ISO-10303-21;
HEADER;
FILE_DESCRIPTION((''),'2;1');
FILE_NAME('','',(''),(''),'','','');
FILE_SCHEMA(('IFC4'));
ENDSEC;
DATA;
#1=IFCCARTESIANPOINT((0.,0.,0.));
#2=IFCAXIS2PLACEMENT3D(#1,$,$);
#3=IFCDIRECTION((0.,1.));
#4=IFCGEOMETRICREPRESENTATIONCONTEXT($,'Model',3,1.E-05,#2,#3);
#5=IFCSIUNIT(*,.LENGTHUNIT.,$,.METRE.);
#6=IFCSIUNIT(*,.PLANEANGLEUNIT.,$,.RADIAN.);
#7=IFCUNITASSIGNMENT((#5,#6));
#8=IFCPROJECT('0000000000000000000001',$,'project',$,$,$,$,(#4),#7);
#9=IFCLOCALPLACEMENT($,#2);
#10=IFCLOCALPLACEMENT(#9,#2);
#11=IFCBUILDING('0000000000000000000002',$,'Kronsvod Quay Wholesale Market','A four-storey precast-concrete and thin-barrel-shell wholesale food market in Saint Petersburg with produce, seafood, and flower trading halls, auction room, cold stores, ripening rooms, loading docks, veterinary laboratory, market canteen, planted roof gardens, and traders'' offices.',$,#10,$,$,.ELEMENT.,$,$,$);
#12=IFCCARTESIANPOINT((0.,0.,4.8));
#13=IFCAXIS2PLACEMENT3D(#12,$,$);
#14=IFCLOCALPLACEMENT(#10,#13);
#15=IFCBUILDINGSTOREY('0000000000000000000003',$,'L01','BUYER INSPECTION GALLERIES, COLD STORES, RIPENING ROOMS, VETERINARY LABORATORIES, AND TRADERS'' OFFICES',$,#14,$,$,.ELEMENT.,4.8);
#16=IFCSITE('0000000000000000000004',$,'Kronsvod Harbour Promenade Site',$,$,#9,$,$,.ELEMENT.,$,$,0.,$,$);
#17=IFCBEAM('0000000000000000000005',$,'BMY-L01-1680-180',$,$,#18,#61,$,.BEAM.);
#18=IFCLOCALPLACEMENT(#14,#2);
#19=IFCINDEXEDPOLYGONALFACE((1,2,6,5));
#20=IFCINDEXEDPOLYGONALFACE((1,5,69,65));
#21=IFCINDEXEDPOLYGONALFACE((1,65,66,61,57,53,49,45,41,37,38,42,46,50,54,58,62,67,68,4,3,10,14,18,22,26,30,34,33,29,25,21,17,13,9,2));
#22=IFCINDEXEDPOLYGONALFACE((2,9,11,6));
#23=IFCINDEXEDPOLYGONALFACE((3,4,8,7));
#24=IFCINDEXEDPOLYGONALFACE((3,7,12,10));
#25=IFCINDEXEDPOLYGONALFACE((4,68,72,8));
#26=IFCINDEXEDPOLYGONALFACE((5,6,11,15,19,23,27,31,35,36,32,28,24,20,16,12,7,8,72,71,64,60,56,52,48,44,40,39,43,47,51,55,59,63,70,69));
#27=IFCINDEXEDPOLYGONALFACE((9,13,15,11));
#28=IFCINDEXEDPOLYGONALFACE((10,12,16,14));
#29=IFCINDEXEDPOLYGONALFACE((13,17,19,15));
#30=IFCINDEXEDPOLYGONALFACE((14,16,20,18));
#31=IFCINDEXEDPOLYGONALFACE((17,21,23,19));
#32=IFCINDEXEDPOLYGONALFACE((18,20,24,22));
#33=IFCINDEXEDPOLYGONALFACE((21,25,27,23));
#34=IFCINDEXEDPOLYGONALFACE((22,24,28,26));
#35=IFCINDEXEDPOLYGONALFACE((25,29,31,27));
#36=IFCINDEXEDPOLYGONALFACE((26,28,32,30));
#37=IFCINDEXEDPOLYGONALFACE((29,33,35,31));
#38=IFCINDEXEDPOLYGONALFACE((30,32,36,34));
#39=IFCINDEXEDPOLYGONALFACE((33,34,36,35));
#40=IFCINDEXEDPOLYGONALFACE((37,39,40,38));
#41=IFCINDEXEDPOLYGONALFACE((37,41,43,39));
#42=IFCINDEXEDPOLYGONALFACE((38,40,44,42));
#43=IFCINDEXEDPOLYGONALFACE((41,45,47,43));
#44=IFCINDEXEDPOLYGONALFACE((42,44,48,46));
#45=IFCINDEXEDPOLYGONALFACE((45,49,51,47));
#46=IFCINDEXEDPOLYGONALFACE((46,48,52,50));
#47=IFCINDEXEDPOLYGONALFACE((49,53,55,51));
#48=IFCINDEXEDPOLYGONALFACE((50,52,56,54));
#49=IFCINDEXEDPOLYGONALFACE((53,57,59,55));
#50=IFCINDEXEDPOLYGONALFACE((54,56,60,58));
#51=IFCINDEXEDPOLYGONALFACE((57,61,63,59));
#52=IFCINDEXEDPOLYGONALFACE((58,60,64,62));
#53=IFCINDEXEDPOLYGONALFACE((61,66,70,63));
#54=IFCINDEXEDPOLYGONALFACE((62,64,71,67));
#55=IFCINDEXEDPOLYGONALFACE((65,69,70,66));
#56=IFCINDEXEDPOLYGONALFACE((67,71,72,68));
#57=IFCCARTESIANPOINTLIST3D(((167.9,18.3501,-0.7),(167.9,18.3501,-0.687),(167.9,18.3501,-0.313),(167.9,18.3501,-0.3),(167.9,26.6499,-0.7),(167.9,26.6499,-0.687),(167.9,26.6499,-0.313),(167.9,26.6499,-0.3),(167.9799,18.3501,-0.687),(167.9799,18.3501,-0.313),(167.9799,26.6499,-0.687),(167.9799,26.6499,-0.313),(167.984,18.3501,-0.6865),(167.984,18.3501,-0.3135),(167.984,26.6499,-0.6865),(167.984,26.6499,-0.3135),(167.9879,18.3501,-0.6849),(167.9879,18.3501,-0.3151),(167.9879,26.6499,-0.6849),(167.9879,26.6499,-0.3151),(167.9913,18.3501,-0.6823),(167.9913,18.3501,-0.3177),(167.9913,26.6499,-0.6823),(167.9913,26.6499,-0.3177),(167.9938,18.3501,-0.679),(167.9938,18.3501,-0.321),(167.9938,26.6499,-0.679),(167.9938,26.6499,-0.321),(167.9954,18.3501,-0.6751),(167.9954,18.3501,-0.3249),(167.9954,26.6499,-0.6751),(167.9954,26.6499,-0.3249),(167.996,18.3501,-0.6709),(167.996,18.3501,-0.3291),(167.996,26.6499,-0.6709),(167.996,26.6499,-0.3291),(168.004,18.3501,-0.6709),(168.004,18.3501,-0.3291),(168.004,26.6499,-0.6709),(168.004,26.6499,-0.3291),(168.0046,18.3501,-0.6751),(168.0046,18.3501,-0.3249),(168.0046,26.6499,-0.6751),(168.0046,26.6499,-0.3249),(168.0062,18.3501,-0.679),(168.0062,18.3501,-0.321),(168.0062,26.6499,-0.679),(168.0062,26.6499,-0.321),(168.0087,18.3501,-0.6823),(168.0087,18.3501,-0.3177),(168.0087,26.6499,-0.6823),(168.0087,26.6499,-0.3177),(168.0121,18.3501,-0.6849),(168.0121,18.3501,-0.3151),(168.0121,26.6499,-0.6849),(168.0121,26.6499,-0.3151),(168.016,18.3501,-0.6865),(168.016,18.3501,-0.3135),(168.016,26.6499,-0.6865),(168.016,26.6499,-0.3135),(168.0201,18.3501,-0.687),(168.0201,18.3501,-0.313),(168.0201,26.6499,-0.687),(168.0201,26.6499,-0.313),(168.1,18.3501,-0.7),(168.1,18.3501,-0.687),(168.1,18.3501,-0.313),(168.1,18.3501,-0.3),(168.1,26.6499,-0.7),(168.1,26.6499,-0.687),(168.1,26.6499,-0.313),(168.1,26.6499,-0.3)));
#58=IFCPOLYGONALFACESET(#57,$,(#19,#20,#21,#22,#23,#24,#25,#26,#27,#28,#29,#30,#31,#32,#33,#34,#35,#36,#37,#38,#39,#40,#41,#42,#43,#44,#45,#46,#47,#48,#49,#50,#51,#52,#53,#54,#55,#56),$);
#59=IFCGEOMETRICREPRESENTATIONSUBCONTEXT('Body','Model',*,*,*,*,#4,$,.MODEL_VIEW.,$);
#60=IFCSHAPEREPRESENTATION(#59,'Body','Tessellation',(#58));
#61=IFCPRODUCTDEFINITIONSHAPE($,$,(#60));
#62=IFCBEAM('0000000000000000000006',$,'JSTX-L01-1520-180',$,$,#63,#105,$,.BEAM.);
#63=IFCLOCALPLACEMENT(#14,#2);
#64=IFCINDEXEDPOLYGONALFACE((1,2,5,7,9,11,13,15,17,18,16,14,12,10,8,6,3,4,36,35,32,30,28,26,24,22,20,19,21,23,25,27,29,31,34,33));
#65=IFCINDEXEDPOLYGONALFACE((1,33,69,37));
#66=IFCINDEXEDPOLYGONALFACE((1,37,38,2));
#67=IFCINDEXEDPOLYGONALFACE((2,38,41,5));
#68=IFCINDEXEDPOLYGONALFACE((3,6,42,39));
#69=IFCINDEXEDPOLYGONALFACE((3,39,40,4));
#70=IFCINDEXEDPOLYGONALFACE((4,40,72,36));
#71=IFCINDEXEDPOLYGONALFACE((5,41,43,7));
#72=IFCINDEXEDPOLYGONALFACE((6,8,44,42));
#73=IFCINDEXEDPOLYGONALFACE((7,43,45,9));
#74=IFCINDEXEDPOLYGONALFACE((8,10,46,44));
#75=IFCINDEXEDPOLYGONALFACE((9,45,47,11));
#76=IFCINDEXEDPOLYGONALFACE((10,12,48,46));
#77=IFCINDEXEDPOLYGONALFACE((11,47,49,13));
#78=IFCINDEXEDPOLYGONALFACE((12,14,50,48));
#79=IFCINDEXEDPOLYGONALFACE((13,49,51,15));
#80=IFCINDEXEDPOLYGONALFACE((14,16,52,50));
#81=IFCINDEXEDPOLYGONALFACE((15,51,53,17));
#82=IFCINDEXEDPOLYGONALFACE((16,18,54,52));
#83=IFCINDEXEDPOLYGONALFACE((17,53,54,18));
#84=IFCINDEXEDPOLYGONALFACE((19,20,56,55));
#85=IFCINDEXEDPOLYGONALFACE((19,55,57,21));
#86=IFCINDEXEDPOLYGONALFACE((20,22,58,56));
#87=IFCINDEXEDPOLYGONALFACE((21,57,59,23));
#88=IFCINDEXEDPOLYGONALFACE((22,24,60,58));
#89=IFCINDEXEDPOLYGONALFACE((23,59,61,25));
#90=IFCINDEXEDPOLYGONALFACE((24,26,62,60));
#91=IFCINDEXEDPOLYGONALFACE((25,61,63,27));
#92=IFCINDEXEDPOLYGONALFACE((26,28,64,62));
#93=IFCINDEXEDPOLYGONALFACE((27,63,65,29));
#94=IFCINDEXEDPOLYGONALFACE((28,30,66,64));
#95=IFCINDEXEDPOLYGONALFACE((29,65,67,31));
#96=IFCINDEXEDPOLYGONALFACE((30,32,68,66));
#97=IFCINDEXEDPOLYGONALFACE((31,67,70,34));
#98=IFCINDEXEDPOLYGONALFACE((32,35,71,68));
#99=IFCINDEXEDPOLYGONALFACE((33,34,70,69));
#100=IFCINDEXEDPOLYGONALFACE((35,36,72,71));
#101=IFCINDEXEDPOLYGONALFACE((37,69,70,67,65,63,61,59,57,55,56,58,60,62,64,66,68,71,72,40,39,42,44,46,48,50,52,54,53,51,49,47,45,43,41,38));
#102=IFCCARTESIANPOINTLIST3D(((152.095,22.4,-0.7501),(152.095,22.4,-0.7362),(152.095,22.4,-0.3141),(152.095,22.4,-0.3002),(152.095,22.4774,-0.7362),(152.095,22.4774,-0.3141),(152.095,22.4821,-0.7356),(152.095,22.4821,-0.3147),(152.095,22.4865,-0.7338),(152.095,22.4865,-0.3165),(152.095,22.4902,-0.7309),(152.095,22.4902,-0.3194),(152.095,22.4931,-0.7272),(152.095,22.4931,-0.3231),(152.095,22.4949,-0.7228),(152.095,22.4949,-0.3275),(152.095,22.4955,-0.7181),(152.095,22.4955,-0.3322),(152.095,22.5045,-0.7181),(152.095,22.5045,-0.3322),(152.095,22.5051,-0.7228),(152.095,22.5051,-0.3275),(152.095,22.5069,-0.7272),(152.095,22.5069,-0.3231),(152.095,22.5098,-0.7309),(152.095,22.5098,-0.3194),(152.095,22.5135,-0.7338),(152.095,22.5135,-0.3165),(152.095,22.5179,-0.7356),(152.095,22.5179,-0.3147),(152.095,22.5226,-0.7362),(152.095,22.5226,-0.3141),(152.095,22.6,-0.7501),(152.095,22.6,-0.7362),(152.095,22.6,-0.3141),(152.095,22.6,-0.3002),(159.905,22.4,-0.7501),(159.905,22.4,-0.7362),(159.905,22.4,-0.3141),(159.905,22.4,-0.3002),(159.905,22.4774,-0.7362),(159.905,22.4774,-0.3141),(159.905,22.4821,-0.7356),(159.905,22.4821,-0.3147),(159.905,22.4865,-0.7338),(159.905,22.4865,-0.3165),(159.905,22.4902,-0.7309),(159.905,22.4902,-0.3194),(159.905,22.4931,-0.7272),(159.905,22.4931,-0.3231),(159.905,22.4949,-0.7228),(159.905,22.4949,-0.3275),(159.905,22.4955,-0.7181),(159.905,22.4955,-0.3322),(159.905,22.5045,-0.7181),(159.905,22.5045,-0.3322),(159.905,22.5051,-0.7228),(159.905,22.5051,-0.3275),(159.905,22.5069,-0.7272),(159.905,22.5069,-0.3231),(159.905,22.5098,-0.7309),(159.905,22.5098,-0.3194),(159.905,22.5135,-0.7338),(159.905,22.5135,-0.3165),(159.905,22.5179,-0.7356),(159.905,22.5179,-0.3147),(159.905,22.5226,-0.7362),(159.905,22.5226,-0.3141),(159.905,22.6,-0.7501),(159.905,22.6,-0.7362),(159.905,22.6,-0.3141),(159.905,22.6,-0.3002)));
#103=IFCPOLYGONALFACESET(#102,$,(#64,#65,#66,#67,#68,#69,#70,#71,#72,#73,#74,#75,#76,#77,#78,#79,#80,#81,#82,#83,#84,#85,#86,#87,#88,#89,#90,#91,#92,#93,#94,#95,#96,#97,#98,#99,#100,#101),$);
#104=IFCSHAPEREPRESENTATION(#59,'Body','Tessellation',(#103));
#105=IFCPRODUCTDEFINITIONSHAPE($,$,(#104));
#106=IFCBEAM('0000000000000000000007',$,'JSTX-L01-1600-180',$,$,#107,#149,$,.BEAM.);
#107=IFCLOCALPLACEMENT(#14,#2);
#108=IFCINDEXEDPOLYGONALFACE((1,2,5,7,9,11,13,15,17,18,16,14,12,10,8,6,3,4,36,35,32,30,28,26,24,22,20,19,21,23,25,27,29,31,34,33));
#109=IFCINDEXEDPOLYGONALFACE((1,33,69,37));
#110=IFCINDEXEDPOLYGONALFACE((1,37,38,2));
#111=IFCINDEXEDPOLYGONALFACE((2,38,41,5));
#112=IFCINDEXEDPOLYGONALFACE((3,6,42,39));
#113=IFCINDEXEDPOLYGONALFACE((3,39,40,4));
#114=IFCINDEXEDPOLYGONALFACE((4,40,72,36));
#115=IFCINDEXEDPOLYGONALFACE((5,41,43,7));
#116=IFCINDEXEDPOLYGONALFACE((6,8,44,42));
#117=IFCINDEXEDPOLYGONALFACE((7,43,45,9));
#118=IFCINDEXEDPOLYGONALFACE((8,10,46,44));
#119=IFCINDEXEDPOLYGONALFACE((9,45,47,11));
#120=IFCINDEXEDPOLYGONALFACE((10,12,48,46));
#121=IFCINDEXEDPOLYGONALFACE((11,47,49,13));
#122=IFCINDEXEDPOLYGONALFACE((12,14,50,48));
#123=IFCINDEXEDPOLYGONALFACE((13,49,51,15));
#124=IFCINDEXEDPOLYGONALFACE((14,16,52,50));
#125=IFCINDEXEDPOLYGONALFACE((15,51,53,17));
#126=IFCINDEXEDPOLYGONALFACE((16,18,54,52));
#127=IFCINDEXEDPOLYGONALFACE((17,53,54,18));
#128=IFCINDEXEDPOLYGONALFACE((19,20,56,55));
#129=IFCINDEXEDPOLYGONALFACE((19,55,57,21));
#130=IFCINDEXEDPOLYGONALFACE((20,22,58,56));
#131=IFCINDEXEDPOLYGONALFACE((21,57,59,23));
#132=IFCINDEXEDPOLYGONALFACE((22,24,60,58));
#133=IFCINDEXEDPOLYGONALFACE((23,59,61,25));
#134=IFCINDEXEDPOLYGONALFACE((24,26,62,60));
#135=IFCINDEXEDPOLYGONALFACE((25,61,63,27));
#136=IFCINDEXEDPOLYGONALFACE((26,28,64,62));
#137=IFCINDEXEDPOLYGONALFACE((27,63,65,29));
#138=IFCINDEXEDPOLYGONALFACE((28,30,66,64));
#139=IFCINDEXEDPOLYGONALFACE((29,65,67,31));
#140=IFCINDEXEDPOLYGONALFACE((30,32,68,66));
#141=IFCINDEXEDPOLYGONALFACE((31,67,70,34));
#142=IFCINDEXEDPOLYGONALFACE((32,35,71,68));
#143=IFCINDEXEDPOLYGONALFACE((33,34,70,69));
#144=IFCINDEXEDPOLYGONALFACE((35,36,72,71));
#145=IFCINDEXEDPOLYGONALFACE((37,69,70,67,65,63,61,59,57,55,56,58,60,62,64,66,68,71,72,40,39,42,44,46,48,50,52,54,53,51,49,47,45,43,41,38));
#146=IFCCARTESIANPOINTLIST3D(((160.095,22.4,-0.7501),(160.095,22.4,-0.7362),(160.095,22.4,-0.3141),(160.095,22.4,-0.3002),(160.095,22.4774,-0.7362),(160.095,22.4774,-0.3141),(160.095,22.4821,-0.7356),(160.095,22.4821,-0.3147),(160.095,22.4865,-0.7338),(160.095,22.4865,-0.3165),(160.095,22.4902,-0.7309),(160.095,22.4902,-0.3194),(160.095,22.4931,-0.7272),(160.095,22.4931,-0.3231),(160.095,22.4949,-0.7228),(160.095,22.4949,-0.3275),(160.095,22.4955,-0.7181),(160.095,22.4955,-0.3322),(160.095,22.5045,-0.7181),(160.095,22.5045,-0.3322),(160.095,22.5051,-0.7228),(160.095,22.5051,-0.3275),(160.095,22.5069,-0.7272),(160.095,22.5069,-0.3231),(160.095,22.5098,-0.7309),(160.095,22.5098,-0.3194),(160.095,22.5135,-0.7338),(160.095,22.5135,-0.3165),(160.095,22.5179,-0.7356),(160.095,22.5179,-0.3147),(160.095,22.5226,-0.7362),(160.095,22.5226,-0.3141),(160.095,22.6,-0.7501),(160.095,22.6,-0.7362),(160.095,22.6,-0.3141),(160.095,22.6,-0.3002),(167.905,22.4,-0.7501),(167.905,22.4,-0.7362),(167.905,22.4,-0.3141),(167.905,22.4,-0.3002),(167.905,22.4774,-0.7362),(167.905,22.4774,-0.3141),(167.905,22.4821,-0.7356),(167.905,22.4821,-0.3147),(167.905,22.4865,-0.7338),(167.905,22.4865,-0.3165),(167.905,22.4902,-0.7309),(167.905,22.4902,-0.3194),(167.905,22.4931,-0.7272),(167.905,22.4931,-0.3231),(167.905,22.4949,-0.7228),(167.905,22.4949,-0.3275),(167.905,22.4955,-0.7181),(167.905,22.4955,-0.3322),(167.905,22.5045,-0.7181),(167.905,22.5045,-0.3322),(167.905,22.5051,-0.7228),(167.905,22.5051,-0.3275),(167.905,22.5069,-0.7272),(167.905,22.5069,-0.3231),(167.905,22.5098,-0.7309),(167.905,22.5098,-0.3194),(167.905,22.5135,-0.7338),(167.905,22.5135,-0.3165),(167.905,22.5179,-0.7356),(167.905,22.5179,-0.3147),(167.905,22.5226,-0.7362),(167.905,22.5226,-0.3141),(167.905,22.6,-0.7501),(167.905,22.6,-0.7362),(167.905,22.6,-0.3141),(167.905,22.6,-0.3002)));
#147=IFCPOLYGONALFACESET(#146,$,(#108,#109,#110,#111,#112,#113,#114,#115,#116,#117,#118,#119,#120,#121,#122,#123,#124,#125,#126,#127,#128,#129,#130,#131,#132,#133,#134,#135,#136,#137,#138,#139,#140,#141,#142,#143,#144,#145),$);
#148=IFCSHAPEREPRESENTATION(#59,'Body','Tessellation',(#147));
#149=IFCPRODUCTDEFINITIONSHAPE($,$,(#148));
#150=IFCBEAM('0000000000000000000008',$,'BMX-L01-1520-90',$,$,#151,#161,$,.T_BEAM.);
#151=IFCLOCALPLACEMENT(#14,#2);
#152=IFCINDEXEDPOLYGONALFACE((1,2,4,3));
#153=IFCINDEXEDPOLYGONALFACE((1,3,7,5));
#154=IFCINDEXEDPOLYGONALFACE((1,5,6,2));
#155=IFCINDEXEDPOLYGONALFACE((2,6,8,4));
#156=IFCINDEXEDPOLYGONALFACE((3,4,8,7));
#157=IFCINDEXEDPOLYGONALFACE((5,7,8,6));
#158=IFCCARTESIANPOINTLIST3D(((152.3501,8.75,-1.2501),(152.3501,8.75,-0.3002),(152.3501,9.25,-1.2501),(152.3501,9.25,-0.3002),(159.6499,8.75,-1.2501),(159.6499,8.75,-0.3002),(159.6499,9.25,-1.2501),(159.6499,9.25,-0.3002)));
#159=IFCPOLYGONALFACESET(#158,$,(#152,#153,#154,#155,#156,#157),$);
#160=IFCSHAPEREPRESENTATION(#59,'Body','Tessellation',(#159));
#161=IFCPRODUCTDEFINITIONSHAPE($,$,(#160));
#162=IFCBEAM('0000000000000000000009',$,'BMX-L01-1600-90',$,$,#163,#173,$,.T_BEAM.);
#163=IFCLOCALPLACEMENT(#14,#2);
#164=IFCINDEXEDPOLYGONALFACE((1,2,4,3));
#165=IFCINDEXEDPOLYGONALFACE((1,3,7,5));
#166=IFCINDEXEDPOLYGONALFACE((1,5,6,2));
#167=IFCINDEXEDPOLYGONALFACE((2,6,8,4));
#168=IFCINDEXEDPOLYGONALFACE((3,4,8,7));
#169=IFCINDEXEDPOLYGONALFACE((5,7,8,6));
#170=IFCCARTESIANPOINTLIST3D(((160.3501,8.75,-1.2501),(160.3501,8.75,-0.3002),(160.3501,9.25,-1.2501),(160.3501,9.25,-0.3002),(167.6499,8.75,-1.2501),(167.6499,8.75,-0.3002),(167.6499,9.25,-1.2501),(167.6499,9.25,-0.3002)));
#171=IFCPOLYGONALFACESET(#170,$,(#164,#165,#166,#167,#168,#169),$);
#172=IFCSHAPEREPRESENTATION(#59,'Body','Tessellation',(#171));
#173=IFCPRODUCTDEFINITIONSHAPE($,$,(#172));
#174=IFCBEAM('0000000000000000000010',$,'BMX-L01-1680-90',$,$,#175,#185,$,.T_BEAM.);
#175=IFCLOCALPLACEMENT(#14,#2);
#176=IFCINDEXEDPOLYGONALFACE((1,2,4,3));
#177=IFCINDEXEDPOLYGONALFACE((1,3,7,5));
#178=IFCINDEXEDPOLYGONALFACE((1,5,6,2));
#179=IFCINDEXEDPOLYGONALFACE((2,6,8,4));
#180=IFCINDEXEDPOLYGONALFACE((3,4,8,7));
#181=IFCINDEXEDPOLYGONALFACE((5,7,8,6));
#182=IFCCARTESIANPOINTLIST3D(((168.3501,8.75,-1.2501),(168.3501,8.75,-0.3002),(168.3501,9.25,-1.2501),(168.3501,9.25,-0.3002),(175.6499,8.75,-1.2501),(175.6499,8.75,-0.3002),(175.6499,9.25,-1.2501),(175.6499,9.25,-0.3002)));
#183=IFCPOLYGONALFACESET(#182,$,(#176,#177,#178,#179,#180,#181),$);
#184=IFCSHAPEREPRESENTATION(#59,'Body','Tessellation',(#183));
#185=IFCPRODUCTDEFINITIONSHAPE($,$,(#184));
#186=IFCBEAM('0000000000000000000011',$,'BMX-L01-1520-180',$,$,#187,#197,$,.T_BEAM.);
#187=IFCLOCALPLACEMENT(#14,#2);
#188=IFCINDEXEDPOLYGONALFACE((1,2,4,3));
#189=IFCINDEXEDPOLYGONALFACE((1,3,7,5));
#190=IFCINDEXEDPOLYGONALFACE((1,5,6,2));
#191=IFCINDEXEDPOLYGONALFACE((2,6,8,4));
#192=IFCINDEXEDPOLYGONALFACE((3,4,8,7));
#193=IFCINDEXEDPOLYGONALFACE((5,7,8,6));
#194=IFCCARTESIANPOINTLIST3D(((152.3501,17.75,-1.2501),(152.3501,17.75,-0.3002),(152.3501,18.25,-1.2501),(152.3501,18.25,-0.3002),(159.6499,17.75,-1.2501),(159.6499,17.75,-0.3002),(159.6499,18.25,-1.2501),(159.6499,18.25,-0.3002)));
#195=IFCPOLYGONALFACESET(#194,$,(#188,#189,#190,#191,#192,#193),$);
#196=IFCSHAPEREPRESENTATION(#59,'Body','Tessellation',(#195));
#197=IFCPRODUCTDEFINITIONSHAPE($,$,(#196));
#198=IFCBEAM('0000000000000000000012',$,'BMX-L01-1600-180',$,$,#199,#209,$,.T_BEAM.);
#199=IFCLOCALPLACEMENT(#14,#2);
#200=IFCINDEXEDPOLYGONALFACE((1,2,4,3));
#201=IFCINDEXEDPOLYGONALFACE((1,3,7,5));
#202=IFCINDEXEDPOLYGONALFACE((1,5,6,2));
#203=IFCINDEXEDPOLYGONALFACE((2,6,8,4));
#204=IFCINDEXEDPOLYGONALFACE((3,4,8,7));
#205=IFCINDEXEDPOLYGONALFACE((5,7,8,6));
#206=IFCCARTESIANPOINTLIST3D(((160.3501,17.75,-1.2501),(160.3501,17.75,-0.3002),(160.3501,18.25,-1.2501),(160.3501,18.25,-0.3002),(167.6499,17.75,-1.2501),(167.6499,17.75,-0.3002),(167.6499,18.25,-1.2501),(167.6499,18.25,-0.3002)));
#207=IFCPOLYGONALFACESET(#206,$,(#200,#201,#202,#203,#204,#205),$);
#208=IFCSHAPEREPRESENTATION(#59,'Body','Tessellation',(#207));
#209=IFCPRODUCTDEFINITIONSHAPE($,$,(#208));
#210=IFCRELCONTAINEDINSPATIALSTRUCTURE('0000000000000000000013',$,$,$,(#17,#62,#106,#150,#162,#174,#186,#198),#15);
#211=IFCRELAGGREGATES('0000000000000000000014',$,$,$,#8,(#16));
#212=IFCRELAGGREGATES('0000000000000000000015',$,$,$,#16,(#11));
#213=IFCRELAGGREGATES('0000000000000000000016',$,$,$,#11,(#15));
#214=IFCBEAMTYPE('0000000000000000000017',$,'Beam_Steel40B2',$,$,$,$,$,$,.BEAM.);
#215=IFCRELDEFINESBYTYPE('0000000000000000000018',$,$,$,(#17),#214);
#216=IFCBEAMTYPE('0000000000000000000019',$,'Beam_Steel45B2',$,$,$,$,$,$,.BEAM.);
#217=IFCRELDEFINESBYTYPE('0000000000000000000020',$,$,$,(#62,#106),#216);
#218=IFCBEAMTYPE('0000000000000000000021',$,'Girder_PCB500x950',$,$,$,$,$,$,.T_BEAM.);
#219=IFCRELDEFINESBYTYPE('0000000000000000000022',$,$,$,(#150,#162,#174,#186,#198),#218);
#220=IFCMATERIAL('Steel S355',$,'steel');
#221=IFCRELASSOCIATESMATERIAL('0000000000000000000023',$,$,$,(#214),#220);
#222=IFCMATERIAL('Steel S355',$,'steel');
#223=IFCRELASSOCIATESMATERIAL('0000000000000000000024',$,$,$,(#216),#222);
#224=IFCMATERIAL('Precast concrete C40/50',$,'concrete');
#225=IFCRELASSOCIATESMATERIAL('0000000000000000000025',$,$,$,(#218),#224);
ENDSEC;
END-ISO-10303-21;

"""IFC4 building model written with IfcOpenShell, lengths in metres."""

from ifc_helpers import new_model, si_unit, direction, frame, origin, origin_2d, place, context, subcontext, project, spatial, rectangle, i_section, extrude, material, material_profile, profile_set, type_object, element, save


model = new_model("IFC4")

# Units and contexts
model_context = context("Model", 3, precision=1e-05, world=origin(), true_north=direction((0.0, 1.0)))
body_context = subcontext(model_context, "Body", "Model", "MODEL_VIEW")
ifc_project = project(units=[si_unit("LENGTHUNIT", "METRE"), si_unit("PLANEANGLEUNIT", "RADIAN")], contexts=[model_context])

# Site, building, storey
site_placement = place(None, origin())
site = spatial("IfcSite", under=ifc_project, at=site_placement, Name="Kronsvod Harbour Promenade Site", CompositionType="ELEMENT", RefElevation=0.0)
building_placement = place(site_placement, origin())
building = spatial("IfcBuilding", under=site, at=building_placement, Name="Kronsvod Quay Wholesale Market", Description="A four-storey precast-concrete and thin-barrel-shell wholesale food market in Saint Petersburg with produce, seafood, and flower trading halls, auction room, cold stores, ripening rooms, loading docks, veterinary laboratory, market canteen, planted roof gardens, and traders' offices.", CompositionType="ELEMENT")
storey_placement = place(building_placement, frame((0.0, 0.0, 4.8)))
storey = spatial("IfcBuildingStorey", under=building, at=storey_placement, Name="L01", Description="BUYER INSPECTION GALLERIES, COLD STORES, RIPENING ROOMS, VETERINARY LABORATORIES, AND TRADERS' OFFICES", CompositionType="ELEMENT", Elevation=4.8)

# Beams
ifc_material_1 = material(Name="Steel S355", Category="steel")
ifc_material_profile_1 = material_profile(ifc_material_1, i_section(OverallWidth=0.2, OverallDepth=0.3999, WebThickness=0.0081, FlangeThickness=0.0129, FilletRadius=0.0161, at=origin_2d()), Name="40B2")
ifc_profile_set_1 = profile_set([ifc_material_profile_1], Name="Steel S355")
beam_type_1 = type_object("IfcBeamType", Name="Beam_Steel40B2", PredefinedType="BEAM", material=ifc_profile_set_1)
for number, where, z_axis, x_axis, name in (
    (1, (168.0, 18.3501, -0.5), (0.0, 1.0, 0.0), (-1.0, 0.0, 0.0), "BMY-L01-1680-180"),
):
    element("IfcBeam", number, at=place(storey_placement, frame(where, z_axis=z_axis, x_axis=x_axis)), inside=storey, type_object=beam_type_1, Name=name, PredefinedType="BEAM", context=body_context, shape_type="SweptSolid", body=[
        extrude(i_section(OverallWidth=0.2, OverallDepth=0.3999, WebThickness=0.0081, FlangeThickness=0.0129, FilletRadius=0.0161, at=origin_2d()), origin(), (0.0, 0.0, 1.0), 8.2998),
    ])
ifc_material_2 = material(Name="Steel S355", Category="steel")
ifc_material_profile_2 = material_profile(ifc_material_2, i_section(OverallWidth=0.2, OverallDepth=0.45, WebThickness=0.009, FlangeThickness=0.0139, FilletRadius=0.0181, at=origin_2d()), Name="45B2")
ifc_profile_set_2 = profile_set([ifc_material_profile_2], Name="Steel S355")
beam_type_2 = type_object("IfcBeamType", Name="Beam_Steel45B2", PredefinedType="BEAM", material=ifc_profile_set_2)
for number, where, z_axis, x_axis, name in (
    (2, (152.095, 22.5, -0.5251), (1.0, 0.0, 0.0), (0.0, 1.0, 0.0), "JSTX-L01-1520-180"),
    (3, (160.095, 22.5, -0.5251), (1.0, 0.0, 0.0), (0.0, 1.0, 0.0), "JSTX-L01-1600-180"),
):
    element("IfcBeam", number, at=place(storey_placement, frame(where, z_axis=z_axis, x_axis=x_axis)), inside=storey, type_object=beam_type_2, Name=name, PredefinedType="BEAM", context=body_context, shape_type="SweptSolid", body=[
        extrude(i_section(OverallWidth=0.2, OverallDepth=0.45, WebThickness=0.009, FlangeThickness=0.0139, FilletRadius=0.0181, at=origin_2d()), origin(), (0.0, 0.0, 1.0), 7.8101),
    ])
ifc_material_3 = material(Name="Precast concrete C40/50", Category="concrete")
ifc_material_profile_3 = material_profile(ifc_material_3, rectangle(XDim=0.5, YDim=0.95, at=origin_2d()), Name="PCB500x950")
ifc_profile_set_3 = profile_set([ifc_material_profile_3], Name="Precast concrete C40/50")
beam_type_3 = type_object("IfcBeamType", Name="Girder_PCB500x950", PredefinedType="T_BEAM", material=ifc_profile_set_3)
for number, where, z_axis, x_axis, name in (
    (4, (152.3501, 9.0, -0.7751), (1.0, 0.0, 0.0), (0.0, 1.0, 0.0), "BMX-L01-1520-90"),
    (5, (160.3501, 9.0, -0.7751), (1.0, 0.0, 0.0), (0.0, 1.0, 0.0), "BMX-L01-1600-90"),
    (6, (168.3501, 9.0, -0.7751), (1.0, 0.0, 0.0), (0.0, 1.0, 0.0), "BMX-L01-1680-90"),
    (7, (152.3501, 18.0, -0.7751), (1.0, 0.0, 0.0), (0.0, 1.0, 0.0), "BMX-L01-1520-180"),
    (8, (160.3501, 18.0, -0.7751), (1.0, 0.0, 0.0), (0.0, 1.0, 0.0), "BMX-L01-1600-180"),
):
    element("IfcBeam", number, at=place(storey_placement, frame(where, z_axis=z_axis, x_axis=x_axis)), inside=storey, type_object=beam_type_3, Name=name, PredefinedType="T_BEAM", context=body_context, shape_type="SweptSolid", body=[
        extrude(rectangle(XDim=0.5, YDim=0.95, at=origin_2d()), origin(), (0.0, 0.0, 1.0), 7.2998),
    ])

save(model, "model.ifc")
